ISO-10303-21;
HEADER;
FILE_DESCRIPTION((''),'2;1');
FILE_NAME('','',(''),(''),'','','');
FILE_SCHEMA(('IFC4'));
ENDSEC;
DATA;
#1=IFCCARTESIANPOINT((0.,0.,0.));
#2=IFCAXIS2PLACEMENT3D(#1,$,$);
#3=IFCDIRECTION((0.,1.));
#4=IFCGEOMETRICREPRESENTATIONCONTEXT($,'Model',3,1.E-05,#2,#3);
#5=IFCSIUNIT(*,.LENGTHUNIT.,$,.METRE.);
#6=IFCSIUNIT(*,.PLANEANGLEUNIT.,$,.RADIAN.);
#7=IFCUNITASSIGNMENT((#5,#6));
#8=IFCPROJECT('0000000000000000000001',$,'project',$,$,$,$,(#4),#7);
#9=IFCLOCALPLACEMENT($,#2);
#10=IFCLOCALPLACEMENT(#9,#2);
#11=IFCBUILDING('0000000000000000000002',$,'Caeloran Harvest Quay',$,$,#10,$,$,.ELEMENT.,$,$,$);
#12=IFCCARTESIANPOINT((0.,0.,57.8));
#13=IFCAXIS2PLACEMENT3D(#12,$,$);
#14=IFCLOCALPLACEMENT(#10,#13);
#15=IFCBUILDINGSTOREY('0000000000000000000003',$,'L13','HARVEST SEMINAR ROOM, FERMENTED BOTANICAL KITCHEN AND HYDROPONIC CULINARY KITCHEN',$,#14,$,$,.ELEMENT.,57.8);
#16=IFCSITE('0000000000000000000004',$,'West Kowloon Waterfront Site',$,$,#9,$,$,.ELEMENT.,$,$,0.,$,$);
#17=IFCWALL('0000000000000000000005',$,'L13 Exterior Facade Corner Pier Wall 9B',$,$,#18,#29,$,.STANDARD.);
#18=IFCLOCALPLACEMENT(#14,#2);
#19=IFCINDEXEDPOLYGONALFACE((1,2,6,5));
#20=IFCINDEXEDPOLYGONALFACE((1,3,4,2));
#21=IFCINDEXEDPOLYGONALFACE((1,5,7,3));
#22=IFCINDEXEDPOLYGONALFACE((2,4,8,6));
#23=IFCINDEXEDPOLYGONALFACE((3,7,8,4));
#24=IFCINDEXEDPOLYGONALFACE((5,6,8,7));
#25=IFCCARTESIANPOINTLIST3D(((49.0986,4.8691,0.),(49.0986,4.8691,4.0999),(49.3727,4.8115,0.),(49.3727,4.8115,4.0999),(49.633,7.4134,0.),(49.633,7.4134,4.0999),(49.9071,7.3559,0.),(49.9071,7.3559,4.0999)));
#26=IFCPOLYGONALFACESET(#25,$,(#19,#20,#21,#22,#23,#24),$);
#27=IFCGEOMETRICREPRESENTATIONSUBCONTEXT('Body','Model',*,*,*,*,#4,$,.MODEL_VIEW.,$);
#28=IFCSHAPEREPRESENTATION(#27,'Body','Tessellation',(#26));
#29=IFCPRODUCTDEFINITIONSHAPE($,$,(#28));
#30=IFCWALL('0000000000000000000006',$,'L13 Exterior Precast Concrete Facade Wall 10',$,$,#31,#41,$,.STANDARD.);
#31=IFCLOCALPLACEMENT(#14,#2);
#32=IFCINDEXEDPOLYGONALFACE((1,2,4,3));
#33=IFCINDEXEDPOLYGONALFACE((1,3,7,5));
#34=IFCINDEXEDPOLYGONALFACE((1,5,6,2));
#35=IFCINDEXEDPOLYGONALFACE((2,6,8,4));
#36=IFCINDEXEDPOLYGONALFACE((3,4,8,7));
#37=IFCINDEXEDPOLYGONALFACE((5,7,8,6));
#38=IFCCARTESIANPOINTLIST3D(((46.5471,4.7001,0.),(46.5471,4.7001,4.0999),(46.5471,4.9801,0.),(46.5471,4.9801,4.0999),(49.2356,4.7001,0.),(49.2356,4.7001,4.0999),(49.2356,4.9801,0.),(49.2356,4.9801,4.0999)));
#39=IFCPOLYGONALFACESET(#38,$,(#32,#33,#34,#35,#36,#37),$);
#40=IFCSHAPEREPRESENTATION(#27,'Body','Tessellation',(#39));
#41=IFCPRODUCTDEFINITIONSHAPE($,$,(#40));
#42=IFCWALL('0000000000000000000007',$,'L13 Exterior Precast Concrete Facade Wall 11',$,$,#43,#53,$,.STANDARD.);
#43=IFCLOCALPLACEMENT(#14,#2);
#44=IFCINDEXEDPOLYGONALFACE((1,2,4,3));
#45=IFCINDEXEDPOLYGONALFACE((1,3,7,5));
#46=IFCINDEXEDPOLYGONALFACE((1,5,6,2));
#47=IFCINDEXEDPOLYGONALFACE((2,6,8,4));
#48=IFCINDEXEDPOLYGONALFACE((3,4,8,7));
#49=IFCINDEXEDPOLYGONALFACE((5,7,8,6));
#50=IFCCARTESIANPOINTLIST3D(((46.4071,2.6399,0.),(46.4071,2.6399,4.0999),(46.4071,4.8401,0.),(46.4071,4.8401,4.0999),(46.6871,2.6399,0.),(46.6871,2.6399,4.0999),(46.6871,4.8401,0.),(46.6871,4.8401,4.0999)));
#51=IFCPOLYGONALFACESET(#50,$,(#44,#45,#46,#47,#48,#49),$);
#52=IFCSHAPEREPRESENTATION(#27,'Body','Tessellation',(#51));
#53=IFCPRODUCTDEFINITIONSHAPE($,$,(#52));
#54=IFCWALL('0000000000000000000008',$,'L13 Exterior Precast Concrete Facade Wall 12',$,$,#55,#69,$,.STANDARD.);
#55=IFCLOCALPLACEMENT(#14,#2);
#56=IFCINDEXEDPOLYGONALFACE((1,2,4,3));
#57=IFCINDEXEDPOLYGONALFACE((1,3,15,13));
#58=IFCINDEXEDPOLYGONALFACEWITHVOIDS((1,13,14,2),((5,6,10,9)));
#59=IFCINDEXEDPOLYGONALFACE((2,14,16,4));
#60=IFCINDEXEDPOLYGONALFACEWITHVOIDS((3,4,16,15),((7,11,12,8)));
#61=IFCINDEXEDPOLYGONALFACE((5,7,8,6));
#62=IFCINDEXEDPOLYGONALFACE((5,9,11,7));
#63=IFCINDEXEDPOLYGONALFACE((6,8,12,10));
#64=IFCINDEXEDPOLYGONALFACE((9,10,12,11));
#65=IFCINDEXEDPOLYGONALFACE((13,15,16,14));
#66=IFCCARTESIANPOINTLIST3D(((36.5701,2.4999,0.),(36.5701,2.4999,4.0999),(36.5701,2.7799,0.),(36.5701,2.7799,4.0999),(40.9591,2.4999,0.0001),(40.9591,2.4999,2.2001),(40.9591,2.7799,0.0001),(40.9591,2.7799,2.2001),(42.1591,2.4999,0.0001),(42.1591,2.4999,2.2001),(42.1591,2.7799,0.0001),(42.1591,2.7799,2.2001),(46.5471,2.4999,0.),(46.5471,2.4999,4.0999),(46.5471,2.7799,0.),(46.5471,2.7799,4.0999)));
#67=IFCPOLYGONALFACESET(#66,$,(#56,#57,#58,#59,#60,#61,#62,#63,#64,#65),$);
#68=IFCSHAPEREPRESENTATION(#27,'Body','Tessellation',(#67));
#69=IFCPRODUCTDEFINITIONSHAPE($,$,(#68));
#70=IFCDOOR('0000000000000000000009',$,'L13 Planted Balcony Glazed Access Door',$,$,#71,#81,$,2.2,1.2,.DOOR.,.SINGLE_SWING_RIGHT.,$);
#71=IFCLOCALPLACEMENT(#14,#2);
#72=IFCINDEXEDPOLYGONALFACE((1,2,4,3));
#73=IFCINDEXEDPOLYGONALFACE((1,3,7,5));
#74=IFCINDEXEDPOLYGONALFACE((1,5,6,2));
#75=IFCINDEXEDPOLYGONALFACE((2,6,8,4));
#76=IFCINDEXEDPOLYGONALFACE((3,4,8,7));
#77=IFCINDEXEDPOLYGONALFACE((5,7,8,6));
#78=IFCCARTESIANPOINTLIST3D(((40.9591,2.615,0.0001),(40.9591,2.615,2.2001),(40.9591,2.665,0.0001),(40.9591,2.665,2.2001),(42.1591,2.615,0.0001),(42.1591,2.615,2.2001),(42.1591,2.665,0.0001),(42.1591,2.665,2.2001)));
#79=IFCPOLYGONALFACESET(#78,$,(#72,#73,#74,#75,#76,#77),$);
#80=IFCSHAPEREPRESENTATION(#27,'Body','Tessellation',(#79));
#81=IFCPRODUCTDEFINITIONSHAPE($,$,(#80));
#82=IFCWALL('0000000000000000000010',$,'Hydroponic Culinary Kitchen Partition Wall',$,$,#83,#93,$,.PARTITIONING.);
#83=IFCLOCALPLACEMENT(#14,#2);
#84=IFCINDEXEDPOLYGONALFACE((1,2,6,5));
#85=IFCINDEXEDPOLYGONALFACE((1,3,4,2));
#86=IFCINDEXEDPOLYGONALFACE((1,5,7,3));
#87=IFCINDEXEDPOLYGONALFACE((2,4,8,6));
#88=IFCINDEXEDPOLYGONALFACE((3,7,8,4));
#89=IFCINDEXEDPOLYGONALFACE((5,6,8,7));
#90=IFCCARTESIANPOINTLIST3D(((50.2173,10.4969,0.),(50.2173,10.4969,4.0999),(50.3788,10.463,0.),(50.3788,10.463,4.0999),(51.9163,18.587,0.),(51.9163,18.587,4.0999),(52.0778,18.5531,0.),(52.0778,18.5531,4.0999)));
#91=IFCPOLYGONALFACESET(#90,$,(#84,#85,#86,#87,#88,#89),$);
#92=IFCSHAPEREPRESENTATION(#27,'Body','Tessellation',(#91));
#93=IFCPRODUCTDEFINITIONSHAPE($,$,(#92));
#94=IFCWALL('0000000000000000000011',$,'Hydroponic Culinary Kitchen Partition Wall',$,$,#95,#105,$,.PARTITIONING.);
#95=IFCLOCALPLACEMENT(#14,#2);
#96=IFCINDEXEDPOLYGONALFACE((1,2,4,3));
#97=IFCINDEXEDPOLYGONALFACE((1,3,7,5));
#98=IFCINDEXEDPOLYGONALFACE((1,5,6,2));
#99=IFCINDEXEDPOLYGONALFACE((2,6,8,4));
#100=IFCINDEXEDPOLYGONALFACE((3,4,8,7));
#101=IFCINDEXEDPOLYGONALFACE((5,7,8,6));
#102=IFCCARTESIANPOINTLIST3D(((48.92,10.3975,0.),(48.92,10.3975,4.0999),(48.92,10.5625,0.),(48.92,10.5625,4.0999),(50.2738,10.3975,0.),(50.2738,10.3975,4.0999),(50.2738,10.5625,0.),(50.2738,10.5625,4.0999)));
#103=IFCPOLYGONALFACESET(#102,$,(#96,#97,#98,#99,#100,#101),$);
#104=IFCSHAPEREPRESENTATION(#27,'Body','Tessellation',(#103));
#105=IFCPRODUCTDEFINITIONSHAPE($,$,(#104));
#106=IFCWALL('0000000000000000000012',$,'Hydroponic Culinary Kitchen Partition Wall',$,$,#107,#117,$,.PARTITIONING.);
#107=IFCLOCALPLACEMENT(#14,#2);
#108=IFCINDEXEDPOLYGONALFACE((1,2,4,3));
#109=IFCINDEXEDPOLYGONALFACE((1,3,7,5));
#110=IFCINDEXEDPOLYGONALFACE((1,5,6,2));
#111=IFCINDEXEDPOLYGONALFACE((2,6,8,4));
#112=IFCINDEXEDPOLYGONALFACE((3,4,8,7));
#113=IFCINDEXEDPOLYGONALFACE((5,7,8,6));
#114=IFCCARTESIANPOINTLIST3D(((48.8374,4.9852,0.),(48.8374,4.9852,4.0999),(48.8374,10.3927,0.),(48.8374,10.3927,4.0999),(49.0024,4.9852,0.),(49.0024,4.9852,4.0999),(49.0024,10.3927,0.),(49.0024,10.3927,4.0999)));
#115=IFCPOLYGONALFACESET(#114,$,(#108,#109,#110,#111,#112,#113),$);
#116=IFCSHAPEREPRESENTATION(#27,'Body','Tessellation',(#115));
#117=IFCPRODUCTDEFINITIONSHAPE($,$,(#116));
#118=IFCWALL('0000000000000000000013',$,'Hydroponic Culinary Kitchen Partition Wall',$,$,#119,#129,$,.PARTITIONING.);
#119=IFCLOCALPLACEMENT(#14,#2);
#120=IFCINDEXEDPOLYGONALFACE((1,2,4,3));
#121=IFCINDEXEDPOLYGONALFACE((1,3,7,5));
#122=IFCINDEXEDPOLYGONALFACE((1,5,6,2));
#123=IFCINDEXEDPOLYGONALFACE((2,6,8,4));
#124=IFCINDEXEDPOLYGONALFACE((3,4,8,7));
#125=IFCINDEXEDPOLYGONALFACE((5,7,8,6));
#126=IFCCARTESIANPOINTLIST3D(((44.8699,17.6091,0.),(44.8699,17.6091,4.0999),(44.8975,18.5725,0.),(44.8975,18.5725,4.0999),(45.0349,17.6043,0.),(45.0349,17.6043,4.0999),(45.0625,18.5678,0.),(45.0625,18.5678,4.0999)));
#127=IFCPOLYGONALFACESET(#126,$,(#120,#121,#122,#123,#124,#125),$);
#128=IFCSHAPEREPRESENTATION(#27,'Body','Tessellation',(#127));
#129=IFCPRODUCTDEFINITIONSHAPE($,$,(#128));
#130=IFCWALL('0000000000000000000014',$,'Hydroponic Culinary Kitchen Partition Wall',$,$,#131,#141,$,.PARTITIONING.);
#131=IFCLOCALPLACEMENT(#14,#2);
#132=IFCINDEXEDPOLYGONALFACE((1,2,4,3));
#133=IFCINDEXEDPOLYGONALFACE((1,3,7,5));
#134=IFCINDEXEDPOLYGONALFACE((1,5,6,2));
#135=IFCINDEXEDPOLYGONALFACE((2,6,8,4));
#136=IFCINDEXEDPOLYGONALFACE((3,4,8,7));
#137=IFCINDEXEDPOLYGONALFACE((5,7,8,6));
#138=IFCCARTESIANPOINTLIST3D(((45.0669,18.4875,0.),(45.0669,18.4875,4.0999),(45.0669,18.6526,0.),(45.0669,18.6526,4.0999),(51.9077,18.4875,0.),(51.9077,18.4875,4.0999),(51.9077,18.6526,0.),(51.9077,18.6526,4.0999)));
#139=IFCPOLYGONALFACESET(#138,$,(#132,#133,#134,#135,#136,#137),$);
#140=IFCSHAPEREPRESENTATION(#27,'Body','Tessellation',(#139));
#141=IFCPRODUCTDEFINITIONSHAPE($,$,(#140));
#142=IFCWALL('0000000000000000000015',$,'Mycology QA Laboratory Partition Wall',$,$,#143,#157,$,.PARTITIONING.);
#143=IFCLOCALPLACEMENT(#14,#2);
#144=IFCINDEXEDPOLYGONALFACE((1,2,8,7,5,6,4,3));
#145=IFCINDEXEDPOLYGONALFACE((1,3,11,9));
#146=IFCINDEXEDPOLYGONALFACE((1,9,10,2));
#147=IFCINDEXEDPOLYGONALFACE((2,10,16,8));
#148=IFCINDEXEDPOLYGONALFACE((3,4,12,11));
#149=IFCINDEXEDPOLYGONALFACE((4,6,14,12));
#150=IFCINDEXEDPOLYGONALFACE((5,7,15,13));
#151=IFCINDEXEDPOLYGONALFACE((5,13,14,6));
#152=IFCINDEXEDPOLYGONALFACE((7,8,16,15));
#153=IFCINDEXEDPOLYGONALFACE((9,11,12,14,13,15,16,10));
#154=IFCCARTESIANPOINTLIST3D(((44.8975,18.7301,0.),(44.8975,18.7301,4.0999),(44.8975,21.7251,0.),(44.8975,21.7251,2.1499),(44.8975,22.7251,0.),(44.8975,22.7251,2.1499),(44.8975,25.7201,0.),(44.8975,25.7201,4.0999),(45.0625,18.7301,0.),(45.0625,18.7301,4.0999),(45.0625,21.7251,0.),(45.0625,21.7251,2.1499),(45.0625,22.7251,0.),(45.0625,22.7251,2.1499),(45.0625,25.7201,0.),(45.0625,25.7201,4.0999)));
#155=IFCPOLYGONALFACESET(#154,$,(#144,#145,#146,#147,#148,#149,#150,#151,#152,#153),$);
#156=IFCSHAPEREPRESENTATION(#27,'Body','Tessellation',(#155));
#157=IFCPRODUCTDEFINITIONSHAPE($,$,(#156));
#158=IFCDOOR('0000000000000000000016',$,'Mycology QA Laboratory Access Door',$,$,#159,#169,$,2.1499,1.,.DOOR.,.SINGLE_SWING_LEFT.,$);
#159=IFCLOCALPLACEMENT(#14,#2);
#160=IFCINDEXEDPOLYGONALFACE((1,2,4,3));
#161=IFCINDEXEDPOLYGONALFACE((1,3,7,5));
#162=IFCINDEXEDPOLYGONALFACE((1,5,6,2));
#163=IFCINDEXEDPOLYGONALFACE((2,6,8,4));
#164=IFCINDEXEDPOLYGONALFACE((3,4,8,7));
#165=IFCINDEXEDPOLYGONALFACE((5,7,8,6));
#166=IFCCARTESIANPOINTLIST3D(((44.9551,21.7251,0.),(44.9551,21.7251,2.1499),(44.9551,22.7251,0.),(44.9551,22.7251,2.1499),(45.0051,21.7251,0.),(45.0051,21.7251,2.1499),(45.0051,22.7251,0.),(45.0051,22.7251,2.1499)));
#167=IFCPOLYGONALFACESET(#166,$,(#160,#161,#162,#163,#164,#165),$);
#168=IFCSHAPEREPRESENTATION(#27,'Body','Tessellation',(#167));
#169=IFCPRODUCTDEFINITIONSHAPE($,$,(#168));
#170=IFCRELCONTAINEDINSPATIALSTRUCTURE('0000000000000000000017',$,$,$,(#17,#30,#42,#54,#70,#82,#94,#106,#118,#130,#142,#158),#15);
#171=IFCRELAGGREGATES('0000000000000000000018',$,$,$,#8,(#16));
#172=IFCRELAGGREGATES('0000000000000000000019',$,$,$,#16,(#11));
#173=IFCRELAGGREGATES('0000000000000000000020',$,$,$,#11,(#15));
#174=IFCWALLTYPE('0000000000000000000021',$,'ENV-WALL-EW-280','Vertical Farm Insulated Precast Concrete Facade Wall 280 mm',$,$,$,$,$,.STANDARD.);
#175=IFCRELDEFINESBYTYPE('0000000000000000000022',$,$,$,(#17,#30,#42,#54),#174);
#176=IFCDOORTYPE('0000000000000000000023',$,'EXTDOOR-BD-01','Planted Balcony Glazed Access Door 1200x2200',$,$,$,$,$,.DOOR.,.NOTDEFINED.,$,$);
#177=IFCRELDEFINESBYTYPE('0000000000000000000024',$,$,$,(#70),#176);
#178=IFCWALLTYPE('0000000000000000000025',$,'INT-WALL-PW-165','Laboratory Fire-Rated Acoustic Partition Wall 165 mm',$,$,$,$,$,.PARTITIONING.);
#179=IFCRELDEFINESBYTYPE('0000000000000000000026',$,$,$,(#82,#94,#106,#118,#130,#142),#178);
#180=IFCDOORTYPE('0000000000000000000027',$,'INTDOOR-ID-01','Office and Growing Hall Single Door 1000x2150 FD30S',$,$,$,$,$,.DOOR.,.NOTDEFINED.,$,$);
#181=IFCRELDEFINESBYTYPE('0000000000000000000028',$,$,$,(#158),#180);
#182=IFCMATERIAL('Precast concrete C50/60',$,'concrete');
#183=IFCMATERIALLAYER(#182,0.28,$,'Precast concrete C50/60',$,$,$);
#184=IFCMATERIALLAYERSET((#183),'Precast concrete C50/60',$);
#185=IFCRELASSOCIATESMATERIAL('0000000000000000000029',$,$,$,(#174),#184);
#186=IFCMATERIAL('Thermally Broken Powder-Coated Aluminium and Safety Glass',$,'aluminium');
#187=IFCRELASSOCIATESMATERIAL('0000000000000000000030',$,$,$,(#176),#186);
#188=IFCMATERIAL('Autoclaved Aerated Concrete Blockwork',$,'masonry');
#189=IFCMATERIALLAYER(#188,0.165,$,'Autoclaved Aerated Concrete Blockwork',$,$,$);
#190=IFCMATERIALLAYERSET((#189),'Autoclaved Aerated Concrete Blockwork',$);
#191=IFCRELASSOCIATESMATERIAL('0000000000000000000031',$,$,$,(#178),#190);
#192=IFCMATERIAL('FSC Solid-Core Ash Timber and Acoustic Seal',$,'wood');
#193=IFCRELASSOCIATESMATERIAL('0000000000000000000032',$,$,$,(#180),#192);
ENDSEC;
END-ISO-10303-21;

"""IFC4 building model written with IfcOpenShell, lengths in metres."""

from ifc_helpers import new_model, si_unit, direction, frame, frame_2d, origin, place, context, subcontext, project, spatial, rectangle, extrude, material, layer, layer_set, type_object, element, fill, save


model = new_model("IFC4")

# Units and contexts
model_context = context("Model", 3, precision=1e-05, world=origin(), true_north=direction((0.0, 1.0)))
body_context = subcontext(model_context, "Body", "Model", "MODEL_VIEW")
ifc_project = project(units=[si_unit("LENGTHUNIT", "METRE"), si_unit("PLANEANGLEUNIT", "RADIAN")], contexts=[model_context])

# Site, building, storey
site_placement = place(None, origin())
site = spatial("IfcSite", under=ifc_project, at=site_placement, Name="West Kowloon Waterfront Site", CompositionType="ELEMENT", RefElevation=0.0)
building_placement = place(site_placement, origin())
building = spatial("IfcBuilding", under=site, at=building_placement, Name="Caeloran Harvest Quay", CompositionType="ELEMENT")
storey_placement = place(building_placement, frame((0.0, 0.0, 57.8)))
storey = spatial("IfcBuildingStorey", under=building, at=storey_placement, Name="L13", Description="HARVEST SEMINAR ROOM, FERMENTED BOTANICAL KITCHEN AND HYDROPONIC CULINARY KITCHEN", CompositionType="ELEMENT", Elevation=57.8)

# Shared definitions
ifc_material_1 = material(Name="Precast concrete C50/60", Category="concrete")

# Walls
ifc_layer_1 = layer(ifc_material_1, 0.28, Name="Precast concrete C50/60")
ifc_layer_set_1 = layer_set([ifc_layer_1], Name="Precast concrete C50/60")
wall_type_1 = type_object("IfcWallType", Name="ENV-WALL-EW-280", Description="Vertical Farm Insulated Precast Concrete Facade Wall 280 mm", PredefinedType="STANDARD", material=ifc_layer_set_1)
wall_1_placement = place(storey_placement, frame((49.77, 7.3845, 0.0), z_axis=(0.0, 0.0, 1.0), x_axis=(-0.205551, -0.978646, 0.0)))
element("IfcWall", 1, at=wall_1_placement, inside=storey, type_object=wall_type_1, Name="L13 Exterior Facade Corner Pier Wall 9B", PredefinedType="STANDARD", context=body_context, shape_type="SweptSolid", body=[
    extrude(rectangle(XDim=2.5999, YDim=0.28, at=frame_2d((1.2998, 0.0))), origin(), (0.0, 0.0, 1.0), 4.0999),
])
wall_2_placement = place(storey_placement, frame((49.2356, 4.8401, 0.0), z_axis=(0.0, 0.0, 1.0), x_axis=(-1.0, 0.0, 0.0)))
element("IfcWall", 2, at=wall_2_placement, inside=storey, type_object=wall_type_1, Name="L13 Exterior Precast Concrete Facade Wall 10", PredefinedType="STANDARD", context=body_context, shape_type="SweptSolid", body=[
    extrude(rectangle(XDim=2.6885, YDim=0.28, at=frame_2d((1.3442, 0.0))), origin(), (0.0, 0.0, 1.0), 4.0999),
])
wall_3_placement = place(storey_placement, frame((46.5471, 4.8401, 0.0), z_axis=(0.0, 0.0, 1.0), x_axis=(0.0, -1.0, 0.0)))
element("IfcWall", 3, at=wall_3_placement, inside=storey, type_object=wall_type_1, Name="L13 Exterior Precast Concrete Facade Wall 11", PredefinedType="STANDARD", context=body_context, shape_type="SweptSolid", body=[
    extrude(rectangle(XDim=2.2002, YDim=0.28, at=frame_2d((1.1001, 0.0))), origin(), (0.0, 0.0, 1.0), 4.0999),
])

# Wall, opening, door
wall_4_placement = place(storey_placement, frame((46.5471, 2.6399, 0.0), z_axis=(0.0, 0.0, 1.0), x_axis=(-1.0, 0.0, 0.0)))
wall_4 = element("IfcWall", 4, at=wall_4_placement, inside=storey, type_object=wall_type_1, Name="L13 Exterior Precast Concrete Facade Wall 12", PredefinedType="STANDARD", context=body_context, shape_type="SweptSolid", body=[
    extrude(rectangle(XDim=9.9771, YDim=0.28, at=frame_2d((4.9885, 0.0))), origin(), (0.0, 0.0, 1.0), 4.0999),
])
opening_1_placement = place(wall_4_placement, frame((4.3879, 0.0, 0.0)))
opening_1 = element("IfcOpeningElement", 5, at=opening_1_placement, cuts=wall_4, PredefinedType="OPENING", context=body_context, shape_type="SweptSolid", body=[
    extrude(rectangle(XDim=1.2, YDim=2.2, at=frame_2d((0.6001, 1.1001))), frame((0.0, 0.1499, 0.0), z_axis=(0.0, -1.0, 0.0), x_axis=(1.0, 0.0, 0.0)), (0.0, 0.0, 1.0), 0.3),
])
ifc_material_2 = material(Name="Thermally Broken Powder-Coated Aluminium and Safety Glass", Category="aluminium")
door_type_1 = type_object("IfcDoorType", Name="EXTDOOR-BD-01", Description="Planted Balcony Glazed Access Door 1200x2200", OperationType="NOTDEFINED", PredefinedType="DOOR", material=ifc_material_2)
door_1_placement = place(opening_1_placement, origin())
door_1 = element("IfcDoor", 6, at=door_1_placement, inside=storey, type_object=door_type_1, Name="L13 Planted Balcony Glazed Access Door", OperationType="SINGLE_SWING_RIGHT", OverallHeight=2.2, OverallWidth=1.2, PredefinedType="DOOR", context=body_context, shape_type="SweptSolid", body=[
    extrude(rectangle(XDim=1.2, YDim=2.2, at=frame_2d((0.6001, 1.1001))), frame((0.0, 0.0249, 0.0), z_axis=(0.0, -1.0, 0.0), x_axis=(1.0, 0.0, 0.0)), (0.0, 0.0, 1.0), 0.05),
])
fill(opening_1, door_1)

# Walls
ifc_material_3 = material(Name="Autoclaved Aerated Concrete Blockwork", Category="masonry")
ifc_layer_2 = layer(ifc_material_3, 0.165, Name="Autoclaved Aerated Concrete Blockwork")
ifc_layer_set_2 = layer_set([ifc_layer_2], Name="Autoclaved Aerated Concrete Blockwork")
wall_type_2 = type_object("IfcWallType", Name="INT-WALL-PW-165", Description="Laboratory Fire-Rated Acoustic Partition Wall 165 mm", PredefinedType="PARTITIONING", material=ifc_layer_set_2)
wall_5_placement = place(storey_placement, frame((51.9971, 18.5701, 0.0), z_axis=(0.0, 0.0, 1.0), x_axis=(-0.205524, -0.978652, 0.0)))
element("IfcWall", 7, at=wall_5_placement, inside=storey, type_object=wall_type_2, Name="Hydroponic Culinary Kitchen Partition Wall", PredefinedType="PARTITIONING", context=body_context, shape_type="SweptSolid", body=[
    extrude(rectangle(XDim=8.2666, YDim=0.165, at=frame_2d((4.1333, 0.0))), origin(), (0.0, 0.0, 1.0), 4.0999),
])
wall_6_placement = place(storey_placement, frame((50.2737, 10.48, 0.0), z_axis=(0.0, 0.0, 1.0), x_axis=(-1.0, 0.0, 0.0)))
element("IfcWall", 8, at=wall_6_placement, inside=storey, type_object=wall_type_2, Name="Hydroponic Culinary Kitchen Partition Wall", PredefinedType="PARTITIONING", context=body_context, shape_type="SweptSolid", body=[
    extrude(rectangle(XDim=1.3538, YDim=0.165, at=frame_2d((0.6768, 0.0))), origin(), (0.0, 0.0, 1.0), 4.0999),
])
wall_7_placement = place(storey_placement, frame((48.9199, 10.3926, 0.0), z_axis=(0.0, 0.0, 1.0), x_axis=(0.0, -1.0, 0.0)))
element("IfcWall", 9, at=wall_7_placement, inside=storey, type_object=wall_type_2, Name="Hydroponic Culinary Kitchen Partition Wall", PredefinedType="PARTITIONING", context=body_context, shape_type="SweptSolid", body=[
    extrude(rectangle(XDim=5.4075, YDim=0.165, at=frame_2d((2.7036, 0.0))), origin(), (0.0, 0.0, 1.0), 4.0999),
])
wall_8_placement = place(storey_placement, frame((44.9524, 17.6067, 0.0), z_axis=(0.0, 0.0, 1.0), x_axis=(0.028625, 0.99959, 0.0)))
element("IfcWall", 10, at=wall_8_placement, inside=storey, type_object=wall_type_2, Name="Hydroponic Culinary Kitchen Partition Wall", PredefinedType="PARTITIONING", context=body_context, shape_type="SweptSolid", body=[
    extrude(rectangle(XDim=0.9639, YDim=0.165, at=frame_2d((0.4819, 0.0))), origin(), (0.0, 0.0, 1.0), 4.0999),
])
wall_9_placement = place(storey_placement, frame((45.0669, 18.5701, 0.0), z_axis=(0.0, 0.0, 1.0), x_axis=(1.0, 0.0, 0.0)))
element("IfcWall", 11, at=wall_9_placement, inside=storey, type_object=wall_type_2, Name="Hydroponic Culinary Kitchen Partition Wall", PredefinedType="PARTITIONING", context=body_context, shape_type="SweptSolid", body=[
    extrude(rectangle(XDim=6.8408, YDim=0.165, at=frame_2d((3.4204, 0.0))), origin(), (0.0, 0.0, 1.0), 4.0999),
])

# Wall, opening, door
wall_10_placement = place(storey_placement, frame((44.98, 18.73, 0.0), z_axis=(0.0, 0.0, 1.0), x_axis=(0.0, 1.0, 0.0)))
wall_10 = element("IfcWall", 12, at=wall_10_placement, inside=storey, type_object=wall_type_2, Name="Mycology QA Laboratory Partition Wall", PredefinedType="PARTITIONING", context=body_context, shape_type="SweptSolid", body=[
    extrude(rectangle(XDim=6.99, YDim=0.165, at=frame_2d((3.4951, 0.0))), origin(), (0.0, 0.0, 1.0), 4.0999),
])
opening_2_placement = place(wall_10_placement, frame((2.9951, 0.0, 0.0)))
opening_2 = element("IfcOpeningElement", 13, at=opening_2_placement, cuts=wall_10, PredefinedType="OPENING", context=body_context, shape_type="SweptSolid", body=[
    extrude(rectangle(XDim=1.0, YDim=2.1499, at=frame_2d((0.5, 1.075))), frame((0.0, 0.0925, 0.0), z_axis=(0.0, -1.0, 0.0), x_axis=(1.0, 0.0, 0.0)), (0.0, 0.0, 1.0), 0.1851),
])
ifc_material_4 = material(Name="FSC Solid-Core Ash Timber and Acoustic Seal", Category="wood")
door_type_2 = type_object("IfcDoorType", Name="INTDOOR-ID-01", Description="Office and Growing Hall Single Door 1000x2150 FD30S", OperationType="NOTDEFINED", PredefinedType="DOOR", material=ifc_material_4)
door_2_placement = place(opening_2_placement, origin())
door_2 = element("IfcDoor", 14, at=door_2_placement, inside=storey, type_object=door_type_2, Name="Mycology QA Laboratory Access Door", OperationType="SINGLE_SWING_LEFT", OverallHeight=2.1499, OverallWidth=1.0, PredefinedType="DOOR", context=body_context, shape_type="SweptSolid", body=[
    extrude(rectangle(XDim=1.0, YDim=2.1499, at=frame_2d((0.5, 1.075))), frame((0.0, 0.0249, 0.0), z_axis=(0.0, -1.0, 0.0), x_axis=(1.0, 0.0, 0.0)), (0.0, 0.0, 1.0), 0.05),
])
fill(opening_2, door_2)

save(model, "model.ifc")
